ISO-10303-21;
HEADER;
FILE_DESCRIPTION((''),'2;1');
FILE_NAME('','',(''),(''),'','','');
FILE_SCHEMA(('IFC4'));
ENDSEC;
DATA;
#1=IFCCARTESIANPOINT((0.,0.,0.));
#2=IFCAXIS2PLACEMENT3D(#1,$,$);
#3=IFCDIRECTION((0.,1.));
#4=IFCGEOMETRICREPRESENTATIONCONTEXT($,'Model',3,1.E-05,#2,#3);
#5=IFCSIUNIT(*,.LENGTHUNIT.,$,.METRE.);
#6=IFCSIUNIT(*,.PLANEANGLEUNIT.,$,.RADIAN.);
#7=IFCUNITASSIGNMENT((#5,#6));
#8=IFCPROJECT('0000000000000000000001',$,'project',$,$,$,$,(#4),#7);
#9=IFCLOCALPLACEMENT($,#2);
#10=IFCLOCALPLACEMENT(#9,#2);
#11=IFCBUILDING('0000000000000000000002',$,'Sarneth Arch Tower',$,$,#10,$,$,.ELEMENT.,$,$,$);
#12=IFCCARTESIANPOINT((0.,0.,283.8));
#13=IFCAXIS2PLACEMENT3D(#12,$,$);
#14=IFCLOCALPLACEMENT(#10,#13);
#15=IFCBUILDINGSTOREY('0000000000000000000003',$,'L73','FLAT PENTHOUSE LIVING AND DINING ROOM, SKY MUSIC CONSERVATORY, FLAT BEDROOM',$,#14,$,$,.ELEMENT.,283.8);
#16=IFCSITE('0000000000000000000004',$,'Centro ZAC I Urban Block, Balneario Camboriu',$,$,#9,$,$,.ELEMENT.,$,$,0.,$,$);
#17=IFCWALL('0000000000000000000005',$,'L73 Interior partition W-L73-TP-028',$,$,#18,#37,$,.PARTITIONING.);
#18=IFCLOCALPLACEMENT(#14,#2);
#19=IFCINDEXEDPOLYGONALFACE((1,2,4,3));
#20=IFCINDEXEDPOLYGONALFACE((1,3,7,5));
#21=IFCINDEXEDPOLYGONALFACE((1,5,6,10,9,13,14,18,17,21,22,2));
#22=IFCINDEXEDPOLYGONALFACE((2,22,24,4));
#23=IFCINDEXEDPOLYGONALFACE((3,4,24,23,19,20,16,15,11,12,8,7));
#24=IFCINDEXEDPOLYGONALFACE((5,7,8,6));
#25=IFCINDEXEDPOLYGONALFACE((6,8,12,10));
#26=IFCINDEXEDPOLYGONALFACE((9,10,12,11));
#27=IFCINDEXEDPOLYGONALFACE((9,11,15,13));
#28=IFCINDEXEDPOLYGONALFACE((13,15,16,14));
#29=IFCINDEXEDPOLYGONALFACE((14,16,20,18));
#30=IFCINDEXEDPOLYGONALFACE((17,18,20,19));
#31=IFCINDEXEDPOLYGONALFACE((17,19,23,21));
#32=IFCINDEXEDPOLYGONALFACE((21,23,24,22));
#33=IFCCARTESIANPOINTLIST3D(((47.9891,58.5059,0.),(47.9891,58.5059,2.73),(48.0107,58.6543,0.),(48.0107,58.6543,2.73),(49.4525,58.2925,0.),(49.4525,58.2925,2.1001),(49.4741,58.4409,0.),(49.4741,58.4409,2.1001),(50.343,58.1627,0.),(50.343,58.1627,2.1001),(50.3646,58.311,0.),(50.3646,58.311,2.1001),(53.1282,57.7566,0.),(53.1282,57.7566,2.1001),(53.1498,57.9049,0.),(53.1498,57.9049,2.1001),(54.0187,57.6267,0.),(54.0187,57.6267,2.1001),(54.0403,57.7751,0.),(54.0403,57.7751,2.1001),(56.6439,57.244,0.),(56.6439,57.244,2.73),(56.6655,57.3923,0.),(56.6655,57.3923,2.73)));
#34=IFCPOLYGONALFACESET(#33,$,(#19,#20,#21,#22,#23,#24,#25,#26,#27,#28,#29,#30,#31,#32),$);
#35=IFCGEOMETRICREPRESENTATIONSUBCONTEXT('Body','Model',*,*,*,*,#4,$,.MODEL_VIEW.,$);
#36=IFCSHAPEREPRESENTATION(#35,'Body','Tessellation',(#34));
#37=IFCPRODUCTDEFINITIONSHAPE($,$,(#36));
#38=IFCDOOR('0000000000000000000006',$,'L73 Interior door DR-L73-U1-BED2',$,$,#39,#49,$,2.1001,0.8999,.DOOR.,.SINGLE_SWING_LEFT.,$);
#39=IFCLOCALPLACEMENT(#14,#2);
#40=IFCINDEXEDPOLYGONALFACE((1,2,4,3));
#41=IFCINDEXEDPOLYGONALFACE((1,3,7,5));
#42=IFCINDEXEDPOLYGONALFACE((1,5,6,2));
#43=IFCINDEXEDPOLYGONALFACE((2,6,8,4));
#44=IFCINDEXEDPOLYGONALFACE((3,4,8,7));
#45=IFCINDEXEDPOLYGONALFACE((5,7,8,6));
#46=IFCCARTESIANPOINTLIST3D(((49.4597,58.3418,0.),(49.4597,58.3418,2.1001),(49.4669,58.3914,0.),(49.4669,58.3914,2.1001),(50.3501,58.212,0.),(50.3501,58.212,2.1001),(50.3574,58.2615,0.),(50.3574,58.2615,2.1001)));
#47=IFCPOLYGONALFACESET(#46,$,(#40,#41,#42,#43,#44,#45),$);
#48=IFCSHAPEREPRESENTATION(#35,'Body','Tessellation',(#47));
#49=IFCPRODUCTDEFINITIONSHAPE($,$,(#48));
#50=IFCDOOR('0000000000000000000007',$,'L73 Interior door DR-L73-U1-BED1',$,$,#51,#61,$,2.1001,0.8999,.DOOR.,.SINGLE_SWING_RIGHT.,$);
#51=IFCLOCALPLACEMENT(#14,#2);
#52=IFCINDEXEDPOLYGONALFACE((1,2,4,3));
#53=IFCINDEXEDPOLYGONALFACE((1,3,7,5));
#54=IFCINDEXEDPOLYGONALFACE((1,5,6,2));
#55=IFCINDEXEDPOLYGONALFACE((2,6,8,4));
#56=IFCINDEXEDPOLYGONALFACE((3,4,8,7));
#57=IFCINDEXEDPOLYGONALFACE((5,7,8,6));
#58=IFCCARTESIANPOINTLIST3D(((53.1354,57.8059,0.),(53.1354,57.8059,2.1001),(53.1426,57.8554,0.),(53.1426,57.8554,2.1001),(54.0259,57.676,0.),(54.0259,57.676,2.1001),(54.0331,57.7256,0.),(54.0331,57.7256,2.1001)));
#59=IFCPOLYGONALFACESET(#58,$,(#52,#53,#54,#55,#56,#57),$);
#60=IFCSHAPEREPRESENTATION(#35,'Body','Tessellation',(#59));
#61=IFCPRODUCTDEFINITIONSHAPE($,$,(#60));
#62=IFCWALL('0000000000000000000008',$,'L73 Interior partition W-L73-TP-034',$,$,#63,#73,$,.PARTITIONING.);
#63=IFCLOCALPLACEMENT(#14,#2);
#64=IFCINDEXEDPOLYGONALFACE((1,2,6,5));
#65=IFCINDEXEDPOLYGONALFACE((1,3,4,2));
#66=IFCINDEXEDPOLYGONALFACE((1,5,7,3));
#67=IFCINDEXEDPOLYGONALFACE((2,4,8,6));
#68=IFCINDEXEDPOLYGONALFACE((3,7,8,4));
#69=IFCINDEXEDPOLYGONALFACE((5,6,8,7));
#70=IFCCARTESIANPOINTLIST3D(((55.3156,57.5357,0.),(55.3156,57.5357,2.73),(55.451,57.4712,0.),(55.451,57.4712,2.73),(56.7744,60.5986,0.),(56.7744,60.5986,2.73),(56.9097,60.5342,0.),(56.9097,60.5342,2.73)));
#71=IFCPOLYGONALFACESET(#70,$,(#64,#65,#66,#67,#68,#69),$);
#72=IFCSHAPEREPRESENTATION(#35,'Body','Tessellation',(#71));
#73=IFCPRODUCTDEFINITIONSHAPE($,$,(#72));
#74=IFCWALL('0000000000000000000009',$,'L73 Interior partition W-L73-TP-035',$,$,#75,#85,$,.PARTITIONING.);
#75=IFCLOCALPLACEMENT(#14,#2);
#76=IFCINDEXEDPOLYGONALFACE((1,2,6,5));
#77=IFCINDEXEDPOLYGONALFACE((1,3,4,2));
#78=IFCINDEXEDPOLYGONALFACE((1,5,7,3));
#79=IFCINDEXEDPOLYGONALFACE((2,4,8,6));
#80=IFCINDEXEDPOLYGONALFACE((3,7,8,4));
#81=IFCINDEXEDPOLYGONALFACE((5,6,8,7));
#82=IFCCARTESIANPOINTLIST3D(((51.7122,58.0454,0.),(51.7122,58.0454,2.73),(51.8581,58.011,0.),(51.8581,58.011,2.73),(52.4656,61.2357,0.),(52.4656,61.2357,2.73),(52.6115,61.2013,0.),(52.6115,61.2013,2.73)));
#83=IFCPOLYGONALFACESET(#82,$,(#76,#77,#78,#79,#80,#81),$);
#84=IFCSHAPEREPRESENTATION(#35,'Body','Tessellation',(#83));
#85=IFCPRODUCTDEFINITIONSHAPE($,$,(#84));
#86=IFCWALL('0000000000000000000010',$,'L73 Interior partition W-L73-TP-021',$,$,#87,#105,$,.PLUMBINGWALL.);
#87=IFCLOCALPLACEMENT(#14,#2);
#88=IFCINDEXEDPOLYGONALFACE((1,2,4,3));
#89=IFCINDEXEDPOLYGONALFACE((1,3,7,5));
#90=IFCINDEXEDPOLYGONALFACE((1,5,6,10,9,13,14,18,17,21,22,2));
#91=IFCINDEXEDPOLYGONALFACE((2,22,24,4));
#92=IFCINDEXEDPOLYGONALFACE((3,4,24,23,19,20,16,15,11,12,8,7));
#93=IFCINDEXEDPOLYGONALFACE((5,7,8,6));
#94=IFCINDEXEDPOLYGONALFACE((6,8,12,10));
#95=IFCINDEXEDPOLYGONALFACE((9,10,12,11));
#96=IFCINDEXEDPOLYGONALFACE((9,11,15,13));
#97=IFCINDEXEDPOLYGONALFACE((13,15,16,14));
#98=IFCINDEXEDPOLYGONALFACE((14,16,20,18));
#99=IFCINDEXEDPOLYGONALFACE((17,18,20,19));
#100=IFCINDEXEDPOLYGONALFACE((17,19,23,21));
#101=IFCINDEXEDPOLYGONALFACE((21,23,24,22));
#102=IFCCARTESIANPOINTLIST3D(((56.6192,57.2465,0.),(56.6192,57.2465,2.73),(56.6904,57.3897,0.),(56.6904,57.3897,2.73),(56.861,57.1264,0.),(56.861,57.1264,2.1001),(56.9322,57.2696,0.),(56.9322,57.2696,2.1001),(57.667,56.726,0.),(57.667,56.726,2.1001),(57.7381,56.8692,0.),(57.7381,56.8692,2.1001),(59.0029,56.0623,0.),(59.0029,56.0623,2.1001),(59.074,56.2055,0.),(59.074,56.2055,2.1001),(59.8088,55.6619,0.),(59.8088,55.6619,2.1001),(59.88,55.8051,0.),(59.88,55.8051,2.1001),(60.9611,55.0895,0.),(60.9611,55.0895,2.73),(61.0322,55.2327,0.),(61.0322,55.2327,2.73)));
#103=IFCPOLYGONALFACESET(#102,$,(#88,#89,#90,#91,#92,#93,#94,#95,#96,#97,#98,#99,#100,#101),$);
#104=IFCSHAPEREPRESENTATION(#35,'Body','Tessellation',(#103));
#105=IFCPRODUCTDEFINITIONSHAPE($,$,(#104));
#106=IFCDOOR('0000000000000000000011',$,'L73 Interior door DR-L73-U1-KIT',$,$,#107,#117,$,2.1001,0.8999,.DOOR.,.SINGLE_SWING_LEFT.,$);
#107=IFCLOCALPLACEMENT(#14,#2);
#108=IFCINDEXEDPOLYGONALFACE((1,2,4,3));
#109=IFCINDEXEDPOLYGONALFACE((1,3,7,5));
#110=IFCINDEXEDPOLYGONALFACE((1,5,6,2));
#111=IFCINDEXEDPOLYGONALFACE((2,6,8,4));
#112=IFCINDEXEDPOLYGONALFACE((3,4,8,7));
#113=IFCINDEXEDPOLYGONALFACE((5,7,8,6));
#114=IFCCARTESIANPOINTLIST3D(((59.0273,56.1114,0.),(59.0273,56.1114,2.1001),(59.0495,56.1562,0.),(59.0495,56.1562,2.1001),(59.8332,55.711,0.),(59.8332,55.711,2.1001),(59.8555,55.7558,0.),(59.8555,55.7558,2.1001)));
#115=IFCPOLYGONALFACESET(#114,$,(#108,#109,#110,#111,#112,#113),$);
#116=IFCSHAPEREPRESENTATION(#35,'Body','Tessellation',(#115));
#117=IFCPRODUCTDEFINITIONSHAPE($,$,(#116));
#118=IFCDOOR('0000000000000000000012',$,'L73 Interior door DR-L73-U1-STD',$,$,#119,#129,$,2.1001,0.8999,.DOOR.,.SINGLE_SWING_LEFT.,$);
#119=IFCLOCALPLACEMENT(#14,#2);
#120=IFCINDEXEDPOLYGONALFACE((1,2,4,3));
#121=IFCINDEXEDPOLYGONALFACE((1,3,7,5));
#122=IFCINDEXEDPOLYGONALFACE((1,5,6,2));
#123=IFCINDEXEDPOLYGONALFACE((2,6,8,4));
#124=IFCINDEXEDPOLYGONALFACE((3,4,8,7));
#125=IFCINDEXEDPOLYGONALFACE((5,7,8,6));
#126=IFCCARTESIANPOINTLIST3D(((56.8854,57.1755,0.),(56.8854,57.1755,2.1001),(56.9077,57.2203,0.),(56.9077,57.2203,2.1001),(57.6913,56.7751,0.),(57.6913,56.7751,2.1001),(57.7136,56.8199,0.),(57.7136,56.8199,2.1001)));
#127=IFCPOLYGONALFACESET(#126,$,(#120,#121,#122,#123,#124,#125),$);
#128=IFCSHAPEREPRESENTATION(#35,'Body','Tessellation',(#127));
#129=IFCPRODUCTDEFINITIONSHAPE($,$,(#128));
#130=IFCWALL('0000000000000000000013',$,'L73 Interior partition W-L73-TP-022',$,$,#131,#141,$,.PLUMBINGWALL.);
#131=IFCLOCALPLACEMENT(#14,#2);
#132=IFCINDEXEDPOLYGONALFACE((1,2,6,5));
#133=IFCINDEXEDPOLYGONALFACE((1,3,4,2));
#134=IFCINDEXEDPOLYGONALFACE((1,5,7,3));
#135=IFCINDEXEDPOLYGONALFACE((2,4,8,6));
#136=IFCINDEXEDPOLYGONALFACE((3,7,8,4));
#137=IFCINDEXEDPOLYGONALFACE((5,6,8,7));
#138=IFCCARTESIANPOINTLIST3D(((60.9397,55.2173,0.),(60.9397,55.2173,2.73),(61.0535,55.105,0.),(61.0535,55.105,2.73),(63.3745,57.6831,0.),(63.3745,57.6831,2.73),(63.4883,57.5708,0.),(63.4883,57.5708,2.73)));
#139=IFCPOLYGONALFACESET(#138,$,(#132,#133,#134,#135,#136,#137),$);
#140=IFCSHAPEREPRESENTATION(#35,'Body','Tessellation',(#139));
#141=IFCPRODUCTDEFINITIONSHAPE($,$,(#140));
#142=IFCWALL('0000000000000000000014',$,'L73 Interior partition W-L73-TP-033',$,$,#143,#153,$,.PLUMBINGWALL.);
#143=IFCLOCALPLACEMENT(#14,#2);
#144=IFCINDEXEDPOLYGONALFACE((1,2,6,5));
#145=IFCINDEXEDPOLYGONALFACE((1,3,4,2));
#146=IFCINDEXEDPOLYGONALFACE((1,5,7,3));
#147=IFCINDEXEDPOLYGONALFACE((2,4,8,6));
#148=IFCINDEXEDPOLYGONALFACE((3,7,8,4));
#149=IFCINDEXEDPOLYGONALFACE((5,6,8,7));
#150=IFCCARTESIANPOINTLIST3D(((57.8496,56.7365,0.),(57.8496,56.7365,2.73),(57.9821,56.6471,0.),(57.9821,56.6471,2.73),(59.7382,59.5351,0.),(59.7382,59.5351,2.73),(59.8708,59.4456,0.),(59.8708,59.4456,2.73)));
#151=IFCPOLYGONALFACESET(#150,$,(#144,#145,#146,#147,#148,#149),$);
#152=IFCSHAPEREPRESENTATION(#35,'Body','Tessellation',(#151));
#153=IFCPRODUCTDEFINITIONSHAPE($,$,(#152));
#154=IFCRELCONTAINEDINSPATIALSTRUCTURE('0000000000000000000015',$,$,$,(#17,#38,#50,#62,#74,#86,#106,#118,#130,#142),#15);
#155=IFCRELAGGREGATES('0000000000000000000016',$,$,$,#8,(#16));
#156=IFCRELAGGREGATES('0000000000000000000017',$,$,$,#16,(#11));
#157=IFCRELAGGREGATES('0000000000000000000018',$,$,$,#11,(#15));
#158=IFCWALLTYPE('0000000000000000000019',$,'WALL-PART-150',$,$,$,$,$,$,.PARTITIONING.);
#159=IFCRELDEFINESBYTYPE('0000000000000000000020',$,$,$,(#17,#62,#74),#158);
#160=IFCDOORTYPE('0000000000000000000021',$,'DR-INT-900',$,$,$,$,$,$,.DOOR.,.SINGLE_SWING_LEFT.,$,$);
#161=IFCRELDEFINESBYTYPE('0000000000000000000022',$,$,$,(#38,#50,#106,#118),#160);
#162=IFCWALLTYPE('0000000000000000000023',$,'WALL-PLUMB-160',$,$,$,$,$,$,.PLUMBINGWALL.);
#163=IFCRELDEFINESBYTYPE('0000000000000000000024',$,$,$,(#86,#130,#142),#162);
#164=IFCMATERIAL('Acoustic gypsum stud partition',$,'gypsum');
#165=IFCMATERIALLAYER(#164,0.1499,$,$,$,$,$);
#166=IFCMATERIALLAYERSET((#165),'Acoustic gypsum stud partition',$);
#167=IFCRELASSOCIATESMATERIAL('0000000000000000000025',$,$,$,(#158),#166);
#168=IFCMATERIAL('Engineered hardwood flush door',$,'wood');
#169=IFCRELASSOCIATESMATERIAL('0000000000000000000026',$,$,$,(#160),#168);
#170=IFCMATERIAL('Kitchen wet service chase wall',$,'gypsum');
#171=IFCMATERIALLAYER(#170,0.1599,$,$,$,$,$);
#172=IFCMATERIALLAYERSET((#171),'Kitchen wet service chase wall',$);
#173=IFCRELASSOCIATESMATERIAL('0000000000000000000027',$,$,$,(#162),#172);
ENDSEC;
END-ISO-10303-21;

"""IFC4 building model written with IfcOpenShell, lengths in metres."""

from ifc_helpers import new_model, si_unit, direction, frame, frame_2d, origin, place, context, subcontext, project, spatial, rectangle, extrude, material, layer, layer_set, type_object, element, fill, save


model = new_model("IFC4")

# Units and contexts
model_context = context("Model", 3, precision=1e-05, world=origin(), true_north=direction((0.0, 1.0)))
body_context = subcontext(model_context, "Body", "Model", "MODEL_VIEW")
ifc_project = project(units=[si_unit("LENGTHUNIT", "METRE"), si_unit("PLANEANGLEUNIT", "RADIAN")], contexts=[model_context])

# Site, building, storey
site_placement = place(None, origin())
site = spatial("IfcSite", under=ifc_project, at=site_placement, Name="Centro ZAC I Urban Block, Balneario Camboriu", CompositionType="ELEMENT", RefElevation=0.0)
building_placement = place(site_placement, origin())
building = spatial("IfcBuilding", under=site, at=building_placement, Name="Sarneth Arch Tower", CompositionType="ELEMENT")
storey_placement = place(building_placement, frame((0.0, 0.0, 283.8)))
storey = spatial("IfcBuildingStorey", under=building, at=storey_placement, Name="L73", Description="FLAT PENTHOUSE LIVING AND DINING ROOM, SKY MUSIC CONSERVATORY, FLAT BEDROOM", CompositionType="ELEMENT", Elevation=283.8)

# Wall, openings, doors
ifc_material_1 = material(Name="Acoustic gypsum stud partition", Category="gypsum")
ifc_layer_1 = layer(ifc_material_1, 0.1499)
ifc_layer_set_1 = layer_set([ifc_layer_1], Name="Acoustic gypsum stud partition")
wall_type_1 = type_object("IfcWallType", Name="WALL-PART-150", PredefinedType="PARTITIONING", material=ifc_layer_set_1)
wall_1_placement = place(storey_placement, frame((48.0, 58.5801, 0.0), z_axis=(0.0, 0.0, 1.0), x_axis=(0.989536, -0.144285, 0.0)))
wall_1 = element("IfcWall", 1, at=wall_1_placement, inside=storey, type_object=wall_type_1, Name="L73 Interior partition W-L73-TP-028", PredefinedType="PARTITIONING", context=body_context, shape_type="SweptSolid", body=[
    extrude(rectangle(XDim=8.7463, YDim=0.1499, at=frame_2d((4.373, 0.0))), origin(), (0.0, 0.0, 1.0), 2.73),
])
opening_1_placement = place(wall_1_placement, frame((1.4788, 0.0, 0.0)))
opening_1 = element("IfcOpeningElement", 2, at=opening_1_placement, cuts=wall_1, PredefinedType="OPENING", context=body_context, shape_type="SweptSolid", body=[
    extrude(rectangle(XDim=0.8999, YDim=2.1001, at=frame_2d((0.45, 1.05))), frame((0.0, 0.085, 0.0), z_axis=(0.0, -1.0, 0.0), x_axis=(1.0, 0.0, 0.0)), (0.0, 0.0, 1.0), 0.1699),
])
opening_2_placement = place(wall_1_placement, frame((5.1934, 0.0, 0.0)))
opening_2 = element("IfcOpeningElement", 3, at=opening_2_placement, cuts=wall_1, PredefinedType="OPENING", context=body_context, shape_type="SweptSolid", body=[
    extrude(rectangle(XDim=0.8999, YDim=2.1001, at=frame_2d((0.45, 1.05))), frame((0.0, 0.085, 0.0), z_axis=(0.0, -1.0, 0.0), x_axis=(1.0, 0.0, 0.0)), (0.0, 0.0, 1.0), 0.1699),
])
ifc_material_2 = material(Name="Engineered hardwood flush door", Category="wood")
door_type_1 = type_object("IfcDoorType", Name="DR-INT-900", OperationType="SINGLE_SWING_LEFT", PredefinedType="DOOR", material=ifc_material_2)
door_1_placement = place(opening_1_placement, origin())
door_1 = element("IfcDoor", 4, at=door_1_placement, inside=storey, type_object=door_type_1, Name="L73 Interior door DR-L73-U1-BED2", OperationType="SINGLE_SWING_LEFT", OverallHeight=2.1001, OverallWidth=0.8999, PredefinedType="DOOR", context=body_context, shape_type="SweptSolid", body=[
    extrude(rectangle(XDim=0.8999, YDim=2.1001, at=frame_2d((0.45, 1.05))), frame((0.0, 0.0249, 0.0), z_axis=(0.0, -1.0, 0.0), x_axis=(1.0, 0.0, 0.0)), (0.0, 0.0, 1.0), 0.05),
])
fill(opening_1, door_1)
door_2_placement = place(opening_2_placement, origin())
door_2 = element("IfcDoor", 5, at=door_2_placement, inside=storey, type_object=door_type_1, Name="L73 Interior door DR-L73-U1-BED1", OperationType="SINGLE_SWING_RIGHT", OverallHeight=2.1001, OverallWidth=0.8999, PredefinedType="DOOR", context=body_context, shape_type="SweptSolid", body=[
    extrude(rectangle(XDim=0.8999, YDim=2.1001, at=frame_2d((0.45, 1.05))), frame((0.0, 0.0249, 0.0), z_axis=(0.0, -1.0, 0.0), x_axis=(1.0, 0.0, 0.0)), (0.0, 0.0, 1.0), 0.05),
])
fill(opening_2, door_2)

# Walls
wall_2_placement = place(storey_placement, frame((56.842, 60.5664, 0.0), z_axis=(0.0, 0.0, 1.0), x_axis=(-0.429975, -0.902841, 0.0)))
element("IfcWall", 6, at=wall_2_placement, inside=storey, type_object=wall_type_1, Name="L73 Interior partition W-L73-TP-034", PredefinedType="PARTITIONING", context=body_context, shape_type="SweptSolid", body=[
    extrude(rectangle(XDim=3.3926, YDim=0.1499, at=frame_2d((1.6963, 0.0))), origin(), (0.0, 0.0, 1.0), 2.73),
])
wall_3_placement = place(storey_placement, frame((51.7852, 58.0281, 0.0), z_axis=(0.0, 0.0, 1.0), x_axis=(0.229828, 0.973231, 0.0)))
element("IfcWall", 7, at=wall_3_placement, inside=storey, type_object=wall_type_1, Name="L73 Interior partition W-L73-TP-035", PredefinedType="PARTITIONING", context=body_context, shape_type="SweptSolid", body=[
    extrude(rectangle(XDim=3.2781, YDim=0.1499, at=frame_2d((1.6392, 0.0))), origin(), (0.0, 0.0, 1.0), 2.73),
])

# Wall, openings, doors
ifc_material_3 = material(Name="Kitchen wet service chase wall", Category="gypsum")
ifc_layer_2 = layer(ifc_material_3, 0.1599)
ifc_layer_set_2 = layer_set([ifc_layer_2], Name="Kitchen wet service chase wall")
wall_type_2 = type_object("IfcWallType", Name="WALL-PLUMB-160", PredefinedType="PLUMBINGWALL", material=ifc_layer_set_2)
wall_4_placement = place(storey_placement, frame((56.6548, 57.3181, 0.0), z_axis=(0.0, 0.0, 1.0), x_axis=(0.895572, -0.444916, 0.0)))
wall_4 = element("IfcWall", 8, at=wall_4_placement, inside=storey, type_object=wall_type_2, Name="L73 Interior partition W-L73-TP-021", PredefinedType="PLUMBINGWALL", context=body_context, shape_type="SweptSolid", body=[
    extrude(rectangle(XDim=4.8481, YDim=0.1599, at=frame_2d((2.4241, 0.0))), origin(), (0.0, 0.0, 1.0), 2.73),
])
opening_3_placement = place(wall_4_placement, frame((2.6616, 0.0, 0.0)))
opening_3 = element("IfcOpeningElement", 9, at=opening_3_placement, cuts=wall_4, PredefinedType="OPENING", context=body_context, shape_type="SweptSolid", body=[
    extrude(rectangle(XDim=0.8999, YDim=2.1001, at=frame_2d((0.45, 1.05))), frame((0.0, 0.0898, 0.0), z_axis=(0.0, -1.0, 0.0), x_axis=(1.0, 0.0, 0.0)), (0.0, 0.0, 1.0), 0.1799),
])
opening_4_placement = place(wall_4_placement, frame((0.27, 0.0, 0.0)))
opening_4 = element("IfcOpeningElement", 10, at=opening_4_placement, cuts=wall_4, PredefinedType="OPENING", context=body_context, shape_type="SweptSolid", body=[
    extrude(rectangle(XDim=0.8999, YDim=2.1001, at=frame_2d((0.45, 1.05))), frame((0.0, 0.0898, 0.0), z_axis=(0.0, -1.0, 0.0), x_axis=(1.0, 0.0, 0.0)), (0.0, 0.0, 1.0), 0.1799),
])
door_3_placement = place(opening_3_placement, origin())
door_3 = element("IfcDoor", 11, at=door_3_placement, inside=storey, type_object=door_type_1, Name="L73 Interior door DR-L73-U1-KIT", OperationType="SINGLE_SWING_LEFT", OverallHeight=2.1001, OverallWidth=0.8999, PredefinedType="DOOR", context=body_context, shape_type="SweptSolid", body=[
    extrude(rectangle(XDim=0.8999, YDim=2.1001, at=frame_2d((0.45, 1.05))), frame((0.0, 0.0249, 0.0), z_axis=(0.0, -1.0, 0.0), x_axis=(1.0, 0.0, 0.0)), (0.0, 0.0, 1.0), 0.05),
])
fill(opening_3, door_3)
door_4_placement = place(opening_4_placement, origin())
door_4 = element("IfcDoor", 12, at=door_4_placement, inside=storey, type_object=door_type_1, Name="L73 Interior door DR-L73-U1-STD", OperationType="SINGLE_SWING_LEFT", OverallHeight=2.1001, OverallWidth=0.8999, PredefinedType="DOOR", context=body_context, shape_type="SweptSolid", body=[
    extrude(rectangle(XDim=0.8999, YDim=2.1001, at=frame_2d((0.45, 1.05))), frame((0.0, 0.0249, 0.0), z_axis=(0.0, -1.0, 0.0), x_axis=(1.0, 0.0, 0.0)), (0.0, 0.0, 1.0), 0.05),
])
fill(opening_4, door_4)

# Walls
wall_5_placement = place(storey_placement, frame((60.9966, 55.1611, 0.0), z_axis=(0.0, 0.0, 1.0), x_axis=(0.702619, 0.711566, 0.0)))
element("IfcWall", 13, at=wall_5_placement, inside=storey, type_object=wall_type_2, Name="L73 Interior partition W-L73-TP-022", PredefinedType="PLUMBINGWALL", context=body_context, shape_type="SweptSolid", body=[
    extrude(rectangle(XDim=3.4653, YDim=0.1599, at=frame_2d((1.7327, 0.0))), origin(), (0.0, 0.0, 1.0), 2.73),
])
wall_6_placement = place(storey_placement, frame((59.8044, 59.4902, 0.0), z_axis=(0.0, 0.0, 1.0), x_axis=(-0.559397, -0.8289, 0.0)))
element("IfcWall", 14, at=wall_6_placement, inside=storey, type_object=wall_type_2, Name="L73 Interior partition W-L73-TP-033", PredefinedType="PLUMBINGWALL", context=body_context, shape_type="SweptSolid", body=[
    extrude(rectangle(XDim=3.3762, YDim=0.1599, at=frame_2d((1.688, 0.0))), origin(), (0.0, 0.0, 1.0), 2.73),
])

save(model, "model.ifc")
